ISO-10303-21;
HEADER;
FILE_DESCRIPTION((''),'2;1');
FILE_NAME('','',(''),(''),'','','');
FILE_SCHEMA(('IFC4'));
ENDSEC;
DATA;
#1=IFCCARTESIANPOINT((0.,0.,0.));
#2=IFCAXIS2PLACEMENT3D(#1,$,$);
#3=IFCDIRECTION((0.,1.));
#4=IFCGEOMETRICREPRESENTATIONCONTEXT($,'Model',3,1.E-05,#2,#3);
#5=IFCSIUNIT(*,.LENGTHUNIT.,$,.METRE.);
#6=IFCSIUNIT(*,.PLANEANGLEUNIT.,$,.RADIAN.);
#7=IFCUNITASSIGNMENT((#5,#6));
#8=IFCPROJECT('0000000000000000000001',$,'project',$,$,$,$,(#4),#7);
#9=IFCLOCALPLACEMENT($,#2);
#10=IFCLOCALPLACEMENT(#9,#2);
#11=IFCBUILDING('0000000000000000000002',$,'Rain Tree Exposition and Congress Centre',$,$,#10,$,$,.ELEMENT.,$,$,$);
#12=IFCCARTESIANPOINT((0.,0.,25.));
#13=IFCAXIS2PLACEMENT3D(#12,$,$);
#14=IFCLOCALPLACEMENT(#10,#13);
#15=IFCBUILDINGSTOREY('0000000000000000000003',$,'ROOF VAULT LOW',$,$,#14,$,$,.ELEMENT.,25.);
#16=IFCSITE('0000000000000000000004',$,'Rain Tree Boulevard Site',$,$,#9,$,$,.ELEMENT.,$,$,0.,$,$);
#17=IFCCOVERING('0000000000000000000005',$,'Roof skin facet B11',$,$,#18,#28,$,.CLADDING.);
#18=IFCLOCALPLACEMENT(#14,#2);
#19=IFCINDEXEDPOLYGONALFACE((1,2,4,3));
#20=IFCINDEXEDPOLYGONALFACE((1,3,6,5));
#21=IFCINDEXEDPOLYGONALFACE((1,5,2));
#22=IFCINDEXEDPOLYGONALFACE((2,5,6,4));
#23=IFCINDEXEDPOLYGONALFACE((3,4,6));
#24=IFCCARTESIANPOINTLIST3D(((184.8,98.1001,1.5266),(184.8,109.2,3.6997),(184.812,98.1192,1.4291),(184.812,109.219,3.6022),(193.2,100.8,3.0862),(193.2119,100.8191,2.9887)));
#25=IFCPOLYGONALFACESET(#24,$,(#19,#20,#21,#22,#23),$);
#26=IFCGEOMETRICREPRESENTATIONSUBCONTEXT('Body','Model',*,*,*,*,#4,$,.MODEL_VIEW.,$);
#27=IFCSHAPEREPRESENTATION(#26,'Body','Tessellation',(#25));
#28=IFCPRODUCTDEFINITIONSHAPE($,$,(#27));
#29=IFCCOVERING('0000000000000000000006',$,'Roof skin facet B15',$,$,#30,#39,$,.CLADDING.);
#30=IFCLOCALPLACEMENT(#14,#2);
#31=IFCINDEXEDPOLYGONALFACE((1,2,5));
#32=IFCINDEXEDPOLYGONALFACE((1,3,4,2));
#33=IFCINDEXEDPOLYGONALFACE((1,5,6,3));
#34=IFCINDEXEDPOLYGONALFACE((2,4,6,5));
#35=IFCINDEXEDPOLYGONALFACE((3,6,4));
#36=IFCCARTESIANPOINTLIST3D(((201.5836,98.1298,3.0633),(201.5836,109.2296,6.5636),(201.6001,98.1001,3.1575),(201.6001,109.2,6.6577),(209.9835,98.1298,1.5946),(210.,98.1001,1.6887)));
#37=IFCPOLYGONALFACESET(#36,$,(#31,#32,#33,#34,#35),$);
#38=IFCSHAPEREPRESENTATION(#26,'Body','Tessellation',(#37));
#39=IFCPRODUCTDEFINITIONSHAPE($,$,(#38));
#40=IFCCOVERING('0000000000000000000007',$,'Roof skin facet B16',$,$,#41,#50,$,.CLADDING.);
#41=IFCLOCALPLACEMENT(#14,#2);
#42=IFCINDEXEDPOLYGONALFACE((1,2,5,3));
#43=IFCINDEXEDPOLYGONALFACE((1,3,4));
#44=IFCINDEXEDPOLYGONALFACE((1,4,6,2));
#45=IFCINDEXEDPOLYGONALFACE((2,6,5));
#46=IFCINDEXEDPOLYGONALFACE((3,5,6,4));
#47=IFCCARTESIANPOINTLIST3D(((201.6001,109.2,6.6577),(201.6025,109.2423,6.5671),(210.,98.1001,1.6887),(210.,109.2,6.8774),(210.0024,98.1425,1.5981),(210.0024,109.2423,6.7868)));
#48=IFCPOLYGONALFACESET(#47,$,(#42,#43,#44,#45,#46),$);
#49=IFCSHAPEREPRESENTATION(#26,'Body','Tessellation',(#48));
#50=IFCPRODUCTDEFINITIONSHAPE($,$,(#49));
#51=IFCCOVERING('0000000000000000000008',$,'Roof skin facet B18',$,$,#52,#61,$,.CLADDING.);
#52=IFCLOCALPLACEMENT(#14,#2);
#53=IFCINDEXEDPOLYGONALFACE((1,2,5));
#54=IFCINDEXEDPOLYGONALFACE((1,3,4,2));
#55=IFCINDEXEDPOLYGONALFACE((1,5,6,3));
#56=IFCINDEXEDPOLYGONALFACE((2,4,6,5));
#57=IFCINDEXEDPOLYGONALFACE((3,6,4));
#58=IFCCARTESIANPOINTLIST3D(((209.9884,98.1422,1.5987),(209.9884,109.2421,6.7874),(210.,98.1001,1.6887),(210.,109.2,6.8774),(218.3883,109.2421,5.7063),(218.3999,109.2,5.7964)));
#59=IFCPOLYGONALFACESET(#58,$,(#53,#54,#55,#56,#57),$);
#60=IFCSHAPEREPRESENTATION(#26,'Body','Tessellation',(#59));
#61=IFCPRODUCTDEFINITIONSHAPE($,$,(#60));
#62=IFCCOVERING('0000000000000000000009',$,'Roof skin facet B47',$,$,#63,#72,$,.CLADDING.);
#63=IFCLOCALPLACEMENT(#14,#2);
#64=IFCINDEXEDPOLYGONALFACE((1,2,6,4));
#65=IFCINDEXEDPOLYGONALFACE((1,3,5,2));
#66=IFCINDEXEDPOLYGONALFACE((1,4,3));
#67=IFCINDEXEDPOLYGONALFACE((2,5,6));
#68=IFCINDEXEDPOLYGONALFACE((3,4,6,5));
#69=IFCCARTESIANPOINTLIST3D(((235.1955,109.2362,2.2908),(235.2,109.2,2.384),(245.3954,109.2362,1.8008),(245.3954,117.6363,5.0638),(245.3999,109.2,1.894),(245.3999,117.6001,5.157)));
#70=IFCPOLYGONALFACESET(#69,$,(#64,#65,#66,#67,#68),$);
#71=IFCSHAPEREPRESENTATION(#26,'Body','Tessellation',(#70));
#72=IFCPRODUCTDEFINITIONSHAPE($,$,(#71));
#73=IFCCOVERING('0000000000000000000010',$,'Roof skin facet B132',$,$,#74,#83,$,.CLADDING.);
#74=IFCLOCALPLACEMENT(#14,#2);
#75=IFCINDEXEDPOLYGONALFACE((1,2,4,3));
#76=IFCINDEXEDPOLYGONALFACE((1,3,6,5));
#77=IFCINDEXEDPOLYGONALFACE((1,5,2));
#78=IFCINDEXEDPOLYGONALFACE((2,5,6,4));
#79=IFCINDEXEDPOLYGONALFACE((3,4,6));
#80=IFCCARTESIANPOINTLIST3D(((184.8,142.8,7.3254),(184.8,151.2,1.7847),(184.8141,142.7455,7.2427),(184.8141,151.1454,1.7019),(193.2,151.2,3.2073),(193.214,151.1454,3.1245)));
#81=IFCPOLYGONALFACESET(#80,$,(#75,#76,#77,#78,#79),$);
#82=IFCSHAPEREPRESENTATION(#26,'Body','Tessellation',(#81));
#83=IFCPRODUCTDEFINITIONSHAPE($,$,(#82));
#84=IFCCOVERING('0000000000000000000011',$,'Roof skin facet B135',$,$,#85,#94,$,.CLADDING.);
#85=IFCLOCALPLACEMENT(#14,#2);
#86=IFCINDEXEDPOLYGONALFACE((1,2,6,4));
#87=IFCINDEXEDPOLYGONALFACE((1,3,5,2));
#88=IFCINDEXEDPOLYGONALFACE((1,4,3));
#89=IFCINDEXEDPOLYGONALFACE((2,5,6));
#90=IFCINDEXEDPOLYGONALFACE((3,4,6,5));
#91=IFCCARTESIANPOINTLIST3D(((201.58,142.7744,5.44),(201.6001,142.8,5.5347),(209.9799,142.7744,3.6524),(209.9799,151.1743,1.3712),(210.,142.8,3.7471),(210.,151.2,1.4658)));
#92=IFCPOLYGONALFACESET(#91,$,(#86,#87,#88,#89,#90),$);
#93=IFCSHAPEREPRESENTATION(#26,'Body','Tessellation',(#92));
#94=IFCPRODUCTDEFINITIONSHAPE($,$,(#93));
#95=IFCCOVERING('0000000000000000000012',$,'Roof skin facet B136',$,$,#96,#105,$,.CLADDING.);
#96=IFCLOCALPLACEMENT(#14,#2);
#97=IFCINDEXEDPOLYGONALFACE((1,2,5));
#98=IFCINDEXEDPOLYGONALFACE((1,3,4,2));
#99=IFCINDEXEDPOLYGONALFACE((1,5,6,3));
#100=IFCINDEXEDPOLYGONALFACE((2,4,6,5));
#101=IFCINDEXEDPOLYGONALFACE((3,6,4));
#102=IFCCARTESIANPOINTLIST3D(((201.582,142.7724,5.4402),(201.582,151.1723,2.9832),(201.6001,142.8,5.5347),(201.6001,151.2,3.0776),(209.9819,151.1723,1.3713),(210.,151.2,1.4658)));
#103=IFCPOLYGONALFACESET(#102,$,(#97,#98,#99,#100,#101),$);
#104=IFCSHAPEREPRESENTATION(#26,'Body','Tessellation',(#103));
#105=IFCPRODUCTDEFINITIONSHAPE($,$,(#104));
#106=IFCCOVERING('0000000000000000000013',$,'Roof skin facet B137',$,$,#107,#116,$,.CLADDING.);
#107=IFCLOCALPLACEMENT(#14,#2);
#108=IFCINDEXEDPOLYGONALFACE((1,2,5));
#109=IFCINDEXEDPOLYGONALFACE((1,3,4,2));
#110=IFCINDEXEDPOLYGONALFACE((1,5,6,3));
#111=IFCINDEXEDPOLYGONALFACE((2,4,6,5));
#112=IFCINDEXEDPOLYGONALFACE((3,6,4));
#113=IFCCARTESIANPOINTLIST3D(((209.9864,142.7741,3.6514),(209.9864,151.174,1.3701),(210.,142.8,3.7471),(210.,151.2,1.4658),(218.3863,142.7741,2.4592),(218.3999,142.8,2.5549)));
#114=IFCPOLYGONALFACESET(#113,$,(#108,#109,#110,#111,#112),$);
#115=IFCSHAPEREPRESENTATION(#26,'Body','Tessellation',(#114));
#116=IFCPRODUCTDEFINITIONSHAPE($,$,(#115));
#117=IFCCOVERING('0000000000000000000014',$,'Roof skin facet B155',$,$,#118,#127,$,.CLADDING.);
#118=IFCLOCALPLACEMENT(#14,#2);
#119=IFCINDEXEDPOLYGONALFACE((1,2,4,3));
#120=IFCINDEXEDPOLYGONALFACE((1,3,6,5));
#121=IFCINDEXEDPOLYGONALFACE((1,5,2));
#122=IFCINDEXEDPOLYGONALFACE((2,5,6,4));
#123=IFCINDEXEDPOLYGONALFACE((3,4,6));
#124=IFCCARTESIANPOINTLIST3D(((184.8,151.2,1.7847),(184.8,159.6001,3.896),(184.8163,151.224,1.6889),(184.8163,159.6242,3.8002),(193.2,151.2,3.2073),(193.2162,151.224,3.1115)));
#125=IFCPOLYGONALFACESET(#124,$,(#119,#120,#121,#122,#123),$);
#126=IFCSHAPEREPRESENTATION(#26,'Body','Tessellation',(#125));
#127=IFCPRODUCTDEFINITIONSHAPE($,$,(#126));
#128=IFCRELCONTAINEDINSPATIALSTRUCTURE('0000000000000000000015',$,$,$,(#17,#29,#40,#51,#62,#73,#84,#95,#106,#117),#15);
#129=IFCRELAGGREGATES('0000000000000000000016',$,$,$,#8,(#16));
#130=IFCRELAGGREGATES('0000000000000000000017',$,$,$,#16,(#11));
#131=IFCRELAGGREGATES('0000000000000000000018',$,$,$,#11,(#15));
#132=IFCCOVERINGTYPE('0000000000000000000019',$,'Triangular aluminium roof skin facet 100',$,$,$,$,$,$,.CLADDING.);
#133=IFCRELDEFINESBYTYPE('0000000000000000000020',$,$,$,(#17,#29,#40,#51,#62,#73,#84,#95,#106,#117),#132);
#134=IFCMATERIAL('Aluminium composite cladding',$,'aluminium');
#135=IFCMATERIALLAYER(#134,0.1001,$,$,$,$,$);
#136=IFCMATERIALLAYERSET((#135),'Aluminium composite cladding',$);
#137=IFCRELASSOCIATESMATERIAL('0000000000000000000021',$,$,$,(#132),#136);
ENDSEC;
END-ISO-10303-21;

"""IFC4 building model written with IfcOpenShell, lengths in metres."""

from ifc_helpers import new_model, si_unit, direction, frame, origin, place, context, subcontext, project, spatial, polyline, outline, extrude, material, layer, layer_set, type_object, element, save


model = new_model("IFC4")

# Units and contexts
model_context = context("Model", 3, precision=1e-05, world=origin(), true_north=direction((0.0, 1.0)))
body_context = subcontext(model_context, "Body", "Model", "MODEL_VIEW")
ifc_project = project(units=[si_unit("LENGTHUNIT", "METRE"), si_unit("PLANEANGLEUNIT", "RADIAN")], contexts=[model_context])

# Site, building, storey
site_placement = place(None, origin())
site = spatial("IfcSite", under=ifc_project, at=site_placement, Name="Rain Tree Boulevard Site", CompositionType="ELEMENT", RefElevation=0.0)
building_placement = place(site_placement, origin())
building = spatial("IfcBuilding", under=site, at=building_placement, Name="Rain Tree Exposition and Congress Centre", CompositionType="ELEMENT")
storey_placement = place(building_placement, frame((0.0, 0.0, 25.0)))
storey = spatial("IfcBuildingStorey", under=building, at=storey_placement, Name="ROOF VAULT LOW", CompositionType="ELEMENT", Elevation=25.0)

# Coverings
ifc_material_1 = material(Name="Aluminium composite cladding", Category="aluminium")
ifc_layer_1 = layer(ifc_material_1, 0.1001)
ifc_layer_set_1 = layer_set([ifc_layer_1], Name="Aluminium composite cladding")
covering_type = type_object("IfcCoveringType", Name="Triangular aluminium roof skin facet 100", PredefinedType="CLADDING", material=ifc_layer_set_1)
covering_1_placement = place(storey_placement, frame((184.8, 98.1001, 1.5266), z_axis=(-0.119586, -0.190751, 0.974327), x_axis=(0.937496, 0.301336, 0.174061)))
element("IfcCovering", 1, at=covering_1_placement, inside=storey, type_object=covering_type, Name="Roof skin facet B11", PredefinedType="CLADDING", context=body_context, shape_type="SweptSolid", body=[
    extrude(outline(polyline([(0.0, 0.0), (8.9599, 0.0), (3.723, 10.6803), (0.0, 0.0)])), origin(), (0.0, 0.0, -1.0), 0.1001),
])
covering_2_placement = place(storey_placement, frame((201.6001, 98.1001, 3.1575), z_axis=(0.164487, -0.296646, 0.940715), x_axis=(0.985055, 0.0, -0.17224)))
element("IfcCovering", 2, at=covering_2_placement, inside=storey, type_object=covering_type, Name="Roof skin facet B15", PredefinedType="CLADDING", context=body_context, shape_type="SweptSolid", body=[
    extrude(outline(polyline([(0.0, 0.0), (8.5273, 0.0), (-0.6029, 11.623), (0.0, 0.0)])), origin(), (0.0, 0.0, -1.0), 0.1001),
])
covering_3_placement = place(storey_placement, frame((210.0, 98.1001, 1.6887), z_axis=(-0.02369, -0.423356, 0.905654), x_axis=(0.0, 0.905908, 0.423474)))
element("IfcCovering", 3, at=covering_3_placement, inside=storey, type_object=covering_type, Name="Roof skin facet B16", PredefinedType="CLADDING", context=body_context, shape_type="SweptSolid", body=[
    extrude(outline(polyline([(0.0, 0.0), (12.2527, 0.0), (12.1597, 8.4023), (0.0, 0.0)])), origin(), (0.0, 0.0, -1.0), 0.1001),
])
covering_4_placement = place(storey_placement, frame((210.0, 98.1001, 1.6887), z_axis=(0.115805, -0.420625, 0.899813), x_axis=(0.57877, 0.764802, 0.283026)))
element("IfcCovering", 4, at=covering_4_placement, inside=storey, type_object=covering_type, Name="Roof skin facet B18", PredefinedType="CLADDING", context=body_context, shape_type="SweptSolid", body=[
    extrude(outline(polyline([(0.0, 0.0), (14.5134, 0.0), (9.9577, 7.1395), (0.0, 0.0)])), origin(), (0.0, 0.0, -1.0), 0.1001),
])
covering_5_placement = place(storey_placement, frame((235.2, 109.2, 2.384), z_axis=(0.044734, -0.361719, 0.931213), x_axis=(0.998848, 0.0, -0.047983)))
element("IfcCovering", 5, at=covering_5_placement, inside=storey, type_object=covering_type, Name="Roof skin facet B47", PredefinedType="CLADDING", context=body_context, shape_type="SweptSolid", body=[
    extrude(outline(polyline([(0.0, 0.0), (10.2117, 0.0), (10.0551, 9.0103), (0.0, 0.0)])), origin(), (0.0, 0.0, -1.0), 0.1001),
])
covering_6_placement = place(storey_placement, frame((184.8, 142.8, 7.3254), z_axis=(-0.139982, 0.545202, 0.826535), x_axis=(0.6681, 0.6681, -0.327545)))
element("IfcCovering", 6, at=covering_6_placement, inside=storey, type_object=covering_type, Name="Roof skin facet B132", PredefinedType="CLADDING", context=body_context, shape_type="SweptSolid", body=[
    extrude(outline(polyline([(0.0, 0.0), (12.5728, 0.0), (7.4268, 6.7898), (0.0, 0.0)])), origin(), (0.0, 0.0, -1.0), 0.1001),
])
covering_7_placement = place(storey_placement, frame((201.6001, 142.8, 5.5347), z_axis=(0.201174, 0.256729, 0.945314), x_axis=(0.978097, 0.0, -0.20815)))
element("IfcCovering", 7, at=covering_7_placement, inside=storey, type_object=covering_type, Name="Roof skin facet B135", PredefinedType="CLADDING", context=body_context, shape_type="SweptSolid", body=[
    extrude(outline(polyline([(0.0, 0.0), (8.588, 0.0), (9.0629, 8.6912), (0.0, 0.0)])), origin(), (0.0, 0.0, -1.0), 0.1001),
])
covering_8_placement = place(storey_placement, frame((201.6001, 142.8, 5.5347), z_axis=(0.181122, 0.2761, 0.943909), x_axis=(0.668955, 0.668955, -0.324036)))
element("IfcCovering", 8, at=covering_8_placement, inside=storey, type_object=covering_type, Name="Roof skin facet B136", PredefinedType="CLADDING", context=body_context, shape_type="SweptSolid", body=[
    extrude(outline(polyline([(0.0, 0.0), (12.5568, 0.0), (6.4153, 5.9531), (0.0, 0.0)])), origin(), (0.0, 0.0, -1.0), 0.1001),
])
covering_9_placement = place(storey_placement, frame((210.0, 142.8, 3.7471), z_axis=(0.135695, 0.259663, 0.956118), x_axis=(0.990079, 0.0, -0.140515)))
element("IfcCovering", 9, at=covering_9_placement, inside=storey, type_object=covering_type, Name="Roof skin facet B137", PredefinedType="CLADDING", context=body_context, shape_type="SweptSolid", body=[
    extrude(outline(polyline([(0.0, 0.0), (8.4841, 0.0), (0.3205, 8.6983), (0.0, 0.0)])), origin(), (0.0, 0.0, -1.0), 0.1001),
])
covering_10_placement = place(storey_placement, frame((184.8, 151.2, 1.7847), z_axis=(-0.162079, -0.240539, 0.957012), x_axis=(0.98596, 0.0, 0.166982)))
element("IfcCovering", 10, at=covering_10_placement, inside=storey, type_object=covering_type, Name="Roof skin facet B155", PredefinedType="CLADDING", context=body_context, shape_type="SweptSolid", body=[
    extrude(outline(polyline([(0.0, 0.0), (8.5195, 0.0), (0.3526, 8.6542), (0.0, 0.0)])), origin(), (0.0, 0.0, -1.0), 0.1001),
])

save(model, "model.ifc")
